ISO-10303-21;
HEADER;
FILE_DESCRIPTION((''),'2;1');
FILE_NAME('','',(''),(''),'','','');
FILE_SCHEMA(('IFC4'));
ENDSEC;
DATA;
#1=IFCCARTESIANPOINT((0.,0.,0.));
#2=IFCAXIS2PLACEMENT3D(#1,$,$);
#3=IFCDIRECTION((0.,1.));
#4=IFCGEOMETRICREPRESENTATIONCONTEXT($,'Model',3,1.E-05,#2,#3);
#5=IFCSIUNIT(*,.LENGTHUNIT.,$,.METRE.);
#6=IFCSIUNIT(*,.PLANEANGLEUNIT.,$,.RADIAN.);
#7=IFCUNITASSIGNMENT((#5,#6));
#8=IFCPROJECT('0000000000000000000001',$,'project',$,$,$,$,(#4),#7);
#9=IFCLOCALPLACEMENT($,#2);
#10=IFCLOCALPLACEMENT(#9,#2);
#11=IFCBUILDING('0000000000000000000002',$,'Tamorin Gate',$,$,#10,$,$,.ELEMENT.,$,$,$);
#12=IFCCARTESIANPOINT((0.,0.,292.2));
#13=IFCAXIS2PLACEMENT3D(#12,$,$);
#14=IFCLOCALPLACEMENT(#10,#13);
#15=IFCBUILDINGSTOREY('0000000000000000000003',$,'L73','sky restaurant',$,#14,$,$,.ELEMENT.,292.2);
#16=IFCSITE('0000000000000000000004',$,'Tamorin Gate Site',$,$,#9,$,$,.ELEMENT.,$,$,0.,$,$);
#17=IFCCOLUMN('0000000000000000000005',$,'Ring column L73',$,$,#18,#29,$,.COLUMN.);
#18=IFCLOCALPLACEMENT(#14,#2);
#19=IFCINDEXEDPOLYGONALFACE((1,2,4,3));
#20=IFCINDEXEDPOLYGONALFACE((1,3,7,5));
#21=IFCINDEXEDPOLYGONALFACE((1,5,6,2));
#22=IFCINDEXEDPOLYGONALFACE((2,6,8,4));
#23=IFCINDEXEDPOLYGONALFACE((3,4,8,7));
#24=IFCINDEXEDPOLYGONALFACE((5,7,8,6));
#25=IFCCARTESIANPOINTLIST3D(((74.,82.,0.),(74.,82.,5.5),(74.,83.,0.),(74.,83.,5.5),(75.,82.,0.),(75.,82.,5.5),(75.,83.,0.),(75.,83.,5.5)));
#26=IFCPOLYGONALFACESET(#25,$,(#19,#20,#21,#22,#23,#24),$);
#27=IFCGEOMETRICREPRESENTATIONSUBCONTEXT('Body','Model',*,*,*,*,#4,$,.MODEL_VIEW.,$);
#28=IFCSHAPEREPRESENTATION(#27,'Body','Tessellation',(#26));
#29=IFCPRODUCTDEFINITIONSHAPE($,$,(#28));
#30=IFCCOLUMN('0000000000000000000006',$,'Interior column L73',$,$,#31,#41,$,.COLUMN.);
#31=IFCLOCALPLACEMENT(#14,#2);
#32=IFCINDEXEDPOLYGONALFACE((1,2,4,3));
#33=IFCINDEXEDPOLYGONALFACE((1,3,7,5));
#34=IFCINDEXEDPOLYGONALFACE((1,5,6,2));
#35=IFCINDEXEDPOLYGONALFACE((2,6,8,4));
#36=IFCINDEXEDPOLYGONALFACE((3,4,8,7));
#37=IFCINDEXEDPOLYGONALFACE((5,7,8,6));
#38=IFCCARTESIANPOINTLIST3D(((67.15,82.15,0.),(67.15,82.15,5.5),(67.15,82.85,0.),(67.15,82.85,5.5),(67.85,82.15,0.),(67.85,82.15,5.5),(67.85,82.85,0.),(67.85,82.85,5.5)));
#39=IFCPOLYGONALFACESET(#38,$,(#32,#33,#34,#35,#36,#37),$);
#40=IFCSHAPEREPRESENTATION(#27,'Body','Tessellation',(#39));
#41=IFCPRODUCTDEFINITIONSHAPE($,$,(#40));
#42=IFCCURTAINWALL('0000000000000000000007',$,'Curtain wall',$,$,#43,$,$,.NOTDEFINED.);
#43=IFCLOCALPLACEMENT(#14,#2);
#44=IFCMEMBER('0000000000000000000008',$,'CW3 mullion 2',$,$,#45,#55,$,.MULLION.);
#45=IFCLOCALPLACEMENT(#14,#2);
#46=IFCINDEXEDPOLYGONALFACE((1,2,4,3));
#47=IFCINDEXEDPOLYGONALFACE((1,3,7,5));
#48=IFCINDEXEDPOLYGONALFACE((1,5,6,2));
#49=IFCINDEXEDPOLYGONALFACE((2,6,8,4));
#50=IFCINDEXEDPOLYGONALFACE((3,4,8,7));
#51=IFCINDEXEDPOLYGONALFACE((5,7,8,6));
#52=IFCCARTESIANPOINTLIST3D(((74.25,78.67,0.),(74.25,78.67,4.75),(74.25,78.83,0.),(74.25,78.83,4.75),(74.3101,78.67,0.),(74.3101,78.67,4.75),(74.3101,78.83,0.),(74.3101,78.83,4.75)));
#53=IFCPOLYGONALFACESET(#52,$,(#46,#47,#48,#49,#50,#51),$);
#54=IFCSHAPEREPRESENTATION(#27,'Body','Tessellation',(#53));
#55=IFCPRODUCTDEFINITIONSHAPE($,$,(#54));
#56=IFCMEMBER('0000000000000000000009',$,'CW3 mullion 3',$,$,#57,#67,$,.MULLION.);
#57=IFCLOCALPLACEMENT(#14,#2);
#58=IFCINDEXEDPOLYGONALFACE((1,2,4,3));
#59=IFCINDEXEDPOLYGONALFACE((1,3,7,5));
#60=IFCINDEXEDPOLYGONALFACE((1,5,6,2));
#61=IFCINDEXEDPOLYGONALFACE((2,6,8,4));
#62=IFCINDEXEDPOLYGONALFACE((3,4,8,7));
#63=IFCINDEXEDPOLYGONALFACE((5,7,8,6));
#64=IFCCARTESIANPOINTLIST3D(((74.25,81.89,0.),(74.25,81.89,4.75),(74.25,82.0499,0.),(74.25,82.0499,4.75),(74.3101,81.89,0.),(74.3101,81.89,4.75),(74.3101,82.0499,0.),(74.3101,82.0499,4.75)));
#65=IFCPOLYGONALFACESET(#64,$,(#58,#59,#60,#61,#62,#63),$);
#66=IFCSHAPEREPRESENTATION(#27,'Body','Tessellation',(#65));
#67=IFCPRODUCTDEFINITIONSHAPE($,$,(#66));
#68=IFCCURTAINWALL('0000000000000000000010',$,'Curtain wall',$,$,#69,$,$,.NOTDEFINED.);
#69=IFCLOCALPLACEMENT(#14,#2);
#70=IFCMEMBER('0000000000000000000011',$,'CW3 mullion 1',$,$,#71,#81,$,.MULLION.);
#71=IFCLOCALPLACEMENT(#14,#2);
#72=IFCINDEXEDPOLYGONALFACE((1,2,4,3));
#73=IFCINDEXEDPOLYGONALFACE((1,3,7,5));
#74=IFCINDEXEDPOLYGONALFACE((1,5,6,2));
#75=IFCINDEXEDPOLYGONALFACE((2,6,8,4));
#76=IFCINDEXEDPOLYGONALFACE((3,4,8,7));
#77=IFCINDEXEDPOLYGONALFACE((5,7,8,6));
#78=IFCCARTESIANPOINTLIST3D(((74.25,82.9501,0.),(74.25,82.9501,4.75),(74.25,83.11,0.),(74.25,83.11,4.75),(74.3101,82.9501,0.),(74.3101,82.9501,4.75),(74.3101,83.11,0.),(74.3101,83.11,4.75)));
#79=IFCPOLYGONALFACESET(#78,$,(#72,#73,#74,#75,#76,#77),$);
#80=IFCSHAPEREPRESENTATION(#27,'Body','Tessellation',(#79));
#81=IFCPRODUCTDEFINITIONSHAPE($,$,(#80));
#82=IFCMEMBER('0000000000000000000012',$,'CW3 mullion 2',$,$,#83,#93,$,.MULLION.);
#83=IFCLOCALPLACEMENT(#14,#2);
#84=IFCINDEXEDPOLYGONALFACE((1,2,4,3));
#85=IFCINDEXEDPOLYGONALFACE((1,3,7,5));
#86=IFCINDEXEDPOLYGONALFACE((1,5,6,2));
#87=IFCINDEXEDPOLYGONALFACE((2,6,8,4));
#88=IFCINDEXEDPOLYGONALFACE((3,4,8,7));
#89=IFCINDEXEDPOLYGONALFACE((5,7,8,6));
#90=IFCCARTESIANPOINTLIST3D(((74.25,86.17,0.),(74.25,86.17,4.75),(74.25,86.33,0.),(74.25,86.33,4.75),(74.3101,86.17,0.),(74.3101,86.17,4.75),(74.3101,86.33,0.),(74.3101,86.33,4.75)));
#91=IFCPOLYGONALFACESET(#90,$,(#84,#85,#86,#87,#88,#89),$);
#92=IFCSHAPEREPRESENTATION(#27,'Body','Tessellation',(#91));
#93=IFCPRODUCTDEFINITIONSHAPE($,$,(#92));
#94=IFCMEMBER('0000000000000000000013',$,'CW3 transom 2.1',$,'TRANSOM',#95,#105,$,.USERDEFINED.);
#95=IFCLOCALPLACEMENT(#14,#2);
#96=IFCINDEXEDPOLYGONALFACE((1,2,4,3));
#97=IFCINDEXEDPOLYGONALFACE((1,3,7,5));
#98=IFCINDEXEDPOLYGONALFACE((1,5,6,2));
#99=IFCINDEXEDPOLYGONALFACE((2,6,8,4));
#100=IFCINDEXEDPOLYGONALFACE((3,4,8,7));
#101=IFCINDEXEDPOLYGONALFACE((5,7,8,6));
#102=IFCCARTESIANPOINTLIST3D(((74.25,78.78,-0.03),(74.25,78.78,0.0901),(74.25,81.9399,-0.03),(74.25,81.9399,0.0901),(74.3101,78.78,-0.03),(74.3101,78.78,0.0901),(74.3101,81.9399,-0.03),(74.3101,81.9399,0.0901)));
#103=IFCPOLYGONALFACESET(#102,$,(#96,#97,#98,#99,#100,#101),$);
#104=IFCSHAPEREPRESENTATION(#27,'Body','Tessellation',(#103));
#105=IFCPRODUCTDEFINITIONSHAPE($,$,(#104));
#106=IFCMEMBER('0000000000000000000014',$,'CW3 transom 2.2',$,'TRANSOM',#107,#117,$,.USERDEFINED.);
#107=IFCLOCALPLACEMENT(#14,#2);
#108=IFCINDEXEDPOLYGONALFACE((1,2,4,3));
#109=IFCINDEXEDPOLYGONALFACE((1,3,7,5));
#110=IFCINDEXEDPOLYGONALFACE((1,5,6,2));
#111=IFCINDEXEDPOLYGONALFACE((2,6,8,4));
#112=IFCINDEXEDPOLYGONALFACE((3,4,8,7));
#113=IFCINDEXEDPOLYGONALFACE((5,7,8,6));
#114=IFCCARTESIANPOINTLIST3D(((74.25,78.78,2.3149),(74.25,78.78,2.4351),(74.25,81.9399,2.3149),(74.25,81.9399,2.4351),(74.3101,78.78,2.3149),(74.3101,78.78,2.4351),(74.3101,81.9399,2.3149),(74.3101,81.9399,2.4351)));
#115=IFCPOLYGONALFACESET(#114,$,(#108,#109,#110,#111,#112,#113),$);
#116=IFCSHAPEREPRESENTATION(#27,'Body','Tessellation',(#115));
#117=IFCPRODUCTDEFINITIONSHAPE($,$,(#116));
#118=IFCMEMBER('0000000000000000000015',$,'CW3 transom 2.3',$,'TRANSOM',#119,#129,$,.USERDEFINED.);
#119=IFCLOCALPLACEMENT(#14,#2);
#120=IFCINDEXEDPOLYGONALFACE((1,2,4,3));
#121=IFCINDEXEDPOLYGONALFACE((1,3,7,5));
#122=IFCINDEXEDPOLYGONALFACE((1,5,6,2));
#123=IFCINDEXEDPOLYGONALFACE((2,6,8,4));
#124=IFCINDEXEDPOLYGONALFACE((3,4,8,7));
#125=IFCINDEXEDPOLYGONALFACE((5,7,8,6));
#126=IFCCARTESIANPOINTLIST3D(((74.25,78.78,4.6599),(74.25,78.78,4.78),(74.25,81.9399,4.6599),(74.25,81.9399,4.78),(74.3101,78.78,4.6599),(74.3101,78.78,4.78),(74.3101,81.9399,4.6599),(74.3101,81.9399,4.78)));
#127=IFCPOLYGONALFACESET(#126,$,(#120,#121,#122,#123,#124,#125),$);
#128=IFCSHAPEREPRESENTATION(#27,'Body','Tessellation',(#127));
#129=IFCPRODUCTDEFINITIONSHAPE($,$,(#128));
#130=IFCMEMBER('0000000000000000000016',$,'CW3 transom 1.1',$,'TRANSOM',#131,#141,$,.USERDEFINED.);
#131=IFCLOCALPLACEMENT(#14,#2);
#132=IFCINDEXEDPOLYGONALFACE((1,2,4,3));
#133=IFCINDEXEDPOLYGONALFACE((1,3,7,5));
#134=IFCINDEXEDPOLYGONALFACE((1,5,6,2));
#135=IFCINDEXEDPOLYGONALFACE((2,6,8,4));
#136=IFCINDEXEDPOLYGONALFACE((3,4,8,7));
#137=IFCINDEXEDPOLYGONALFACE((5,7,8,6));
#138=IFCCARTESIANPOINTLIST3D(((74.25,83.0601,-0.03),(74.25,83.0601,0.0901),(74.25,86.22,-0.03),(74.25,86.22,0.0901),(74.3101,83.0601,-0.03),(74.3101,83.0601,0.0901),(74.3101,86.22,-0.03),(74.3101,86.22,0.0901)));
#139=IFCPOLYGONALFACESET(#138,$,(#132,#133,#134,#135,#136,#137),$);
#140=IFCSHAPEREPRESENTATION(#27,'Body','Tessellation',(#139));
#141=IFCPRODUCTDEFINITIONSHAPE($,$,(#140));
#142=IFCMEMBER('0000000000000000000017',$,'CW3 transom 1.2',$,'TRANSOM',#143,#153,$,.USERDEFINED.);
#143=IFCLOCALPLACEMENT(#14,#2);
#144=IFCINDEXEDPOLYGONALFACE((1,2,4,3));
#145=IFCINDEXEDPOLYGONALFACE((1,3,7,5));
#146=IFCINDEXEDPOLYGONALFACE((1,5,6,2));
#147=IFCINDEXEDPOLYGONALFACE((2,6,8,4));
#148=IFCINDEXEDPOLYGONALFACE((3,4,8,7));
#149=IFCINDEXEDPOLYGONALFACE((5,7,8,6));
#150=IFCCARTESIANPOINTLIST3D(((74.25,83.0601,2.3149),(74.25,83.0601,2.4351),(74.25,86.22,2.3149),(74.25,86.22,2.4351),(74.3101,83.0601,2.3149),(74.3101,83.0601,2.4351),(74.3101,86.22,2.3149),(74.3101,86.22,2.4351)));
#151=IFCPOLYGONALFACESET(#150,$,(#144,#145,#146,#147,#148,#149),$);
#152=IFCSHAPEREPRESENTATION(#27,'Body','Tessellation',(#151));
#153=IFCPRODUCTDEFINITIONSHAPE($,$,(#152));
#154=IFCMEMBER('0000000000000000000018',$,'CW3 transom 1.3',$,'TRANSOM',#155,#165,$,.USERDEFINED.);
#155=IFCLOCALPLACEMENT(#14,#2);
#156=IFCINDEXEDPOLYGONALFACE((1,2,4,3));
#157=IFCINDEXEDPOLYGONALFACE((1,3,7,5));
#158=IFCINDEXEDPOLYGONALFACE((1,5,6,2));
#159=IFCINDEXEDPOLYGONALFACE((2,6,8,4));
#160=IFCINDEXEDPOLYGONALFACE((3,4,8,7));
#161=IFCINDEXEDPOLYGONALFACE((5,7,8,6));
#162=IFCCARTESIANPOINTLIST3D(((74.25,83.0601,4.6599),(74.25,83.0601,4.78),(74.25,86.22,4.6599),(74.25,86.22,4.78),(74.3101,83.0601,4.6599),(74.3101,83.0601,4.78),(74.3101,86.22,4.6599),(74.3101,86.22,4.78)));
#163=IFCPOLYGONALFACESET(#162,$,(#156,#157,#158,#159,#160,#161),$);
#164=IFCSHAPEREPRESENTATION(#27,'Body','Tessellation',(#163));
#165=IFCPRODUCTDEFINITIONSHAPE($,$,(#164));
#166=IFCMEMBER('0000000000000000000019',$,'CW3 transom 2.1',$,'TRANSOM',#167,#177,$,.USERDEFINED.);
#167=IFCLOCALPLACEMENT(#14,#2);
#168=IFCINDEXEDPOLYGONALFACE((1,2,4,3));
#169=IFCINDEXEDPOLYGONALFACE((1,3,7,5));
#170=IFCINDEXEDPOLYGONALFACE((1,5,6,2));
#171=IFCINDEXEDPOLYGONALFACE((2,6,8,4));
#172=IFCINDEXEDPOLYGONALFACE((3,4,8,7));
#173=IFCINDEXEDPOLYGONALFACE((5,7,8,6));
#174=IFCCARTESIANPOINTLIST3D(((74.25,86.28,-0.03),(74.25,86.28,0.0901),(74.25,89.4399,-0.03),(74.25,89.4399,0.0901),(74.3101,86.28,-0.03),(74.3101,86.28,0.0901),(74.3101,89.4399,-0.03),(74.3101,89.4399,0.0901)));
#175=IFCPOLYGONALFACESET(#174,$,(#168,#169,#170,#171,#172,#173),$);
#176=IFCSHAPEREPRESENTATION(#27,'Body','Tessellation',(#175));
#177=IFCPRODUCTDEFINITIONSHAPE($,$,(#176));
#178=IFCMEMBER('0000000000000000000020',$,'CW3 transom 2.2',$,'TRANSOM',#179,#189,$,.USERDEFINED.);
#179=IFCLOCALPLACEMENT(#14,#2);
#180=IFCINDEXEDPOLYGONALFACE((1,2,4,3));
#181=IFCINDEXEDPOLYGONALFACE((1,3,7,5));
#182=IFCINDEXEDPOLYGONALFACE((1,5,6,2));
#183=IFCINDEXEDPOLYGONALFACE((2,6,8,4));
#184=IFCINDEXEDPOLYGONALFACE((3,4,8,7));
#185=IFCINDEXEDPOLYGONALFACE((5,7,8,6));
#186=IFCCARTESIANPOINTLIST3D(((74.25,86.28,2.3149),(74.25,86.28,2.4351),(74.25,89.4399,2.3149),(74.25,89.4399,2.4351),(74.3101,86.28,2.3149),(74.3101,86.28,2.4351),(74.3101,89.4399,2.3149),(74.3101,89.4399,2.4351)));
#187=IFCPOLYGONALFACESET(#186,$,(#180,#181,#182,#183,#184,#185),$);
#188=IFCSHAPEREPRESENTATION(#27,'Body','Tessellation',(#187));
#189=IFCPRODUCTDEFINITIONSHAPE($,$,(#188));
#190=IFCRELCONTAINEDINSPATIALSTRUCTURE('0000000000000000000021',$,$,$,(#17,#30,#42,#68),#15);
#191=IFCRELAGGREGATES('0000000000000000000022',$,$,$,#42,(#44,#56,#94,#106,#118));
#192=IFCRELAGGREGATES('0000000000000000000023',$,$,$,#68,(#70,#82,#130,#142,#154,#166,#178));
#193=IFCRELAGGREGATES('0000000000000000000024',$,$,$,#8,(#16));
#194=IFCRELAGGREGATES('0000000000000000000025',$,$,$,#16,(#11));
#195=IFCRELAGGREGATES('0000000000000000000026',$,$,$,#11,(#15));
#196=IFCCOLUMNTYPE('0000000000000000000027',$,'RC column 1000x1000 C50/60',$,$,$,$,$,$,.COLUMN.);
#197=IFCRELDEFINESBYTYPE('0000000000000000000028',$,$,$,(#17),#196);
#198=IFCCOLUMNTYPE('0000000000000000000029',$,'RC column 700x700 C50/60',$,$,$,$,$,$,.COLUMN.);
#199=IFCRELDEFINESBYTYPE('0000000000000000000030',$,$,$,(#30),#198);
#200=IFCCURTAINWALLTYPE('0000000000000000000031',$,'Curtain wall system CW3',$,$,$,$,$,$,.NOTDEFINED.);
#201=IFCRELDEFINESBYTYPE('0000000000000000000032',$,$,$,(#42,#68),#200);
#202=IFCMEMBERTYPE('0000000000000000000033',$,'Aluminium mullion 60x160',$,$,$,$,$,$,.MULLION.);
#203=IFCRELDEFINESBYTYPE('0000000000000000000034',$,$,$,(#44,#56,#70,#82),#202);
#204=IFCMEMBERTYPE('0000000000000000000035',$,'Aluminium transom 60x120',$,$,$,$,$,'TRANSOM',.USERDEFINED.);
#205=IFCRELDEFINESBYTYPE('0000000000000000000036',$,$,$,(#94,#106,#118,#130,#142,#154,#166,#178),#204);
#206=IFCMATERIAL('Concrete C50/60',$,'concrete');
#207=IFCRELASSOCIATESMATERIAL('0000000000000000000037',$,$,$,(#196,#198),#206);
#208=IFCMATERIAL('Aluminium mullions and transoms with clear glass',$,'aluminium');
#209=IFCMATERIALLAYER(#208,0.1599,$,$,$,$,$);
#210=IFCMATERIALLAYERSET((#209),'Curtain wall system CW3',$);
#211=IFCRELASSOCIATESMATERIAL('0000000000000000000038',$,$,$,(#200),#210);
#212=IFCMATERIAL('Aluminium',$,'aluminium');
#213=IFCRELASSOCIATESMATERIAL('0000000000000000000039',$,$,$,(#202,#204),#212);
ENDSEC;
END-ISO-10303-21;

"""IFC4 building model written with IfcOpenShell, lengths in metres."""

from ifc_helpers import new_model, si_unit, direction, frame, origin, origin_2d, place, context, subcontext, project, spatial, rectangle, extrude, material, layer, layer_set, material_profile, profile_set, type_object, element, aggregate, save


model = new_model("IFC4")

# Units and contexts
model_context = context("Model", 3, precision=1e-05, world=origin(), true_north=direction((0.0, 1.0)))
body_context = subcontext(model_context, "Body", "Model", "MODEL_VIEW")
ifc_project = project(units=[si_unit("LENGTHUNIT", "METRE"), si_unit("PLANEANGLEUNIT", "RADIAN")], contexts=[model_context])

# Site, building, storey
site_placement = place(None, origin())
site = spatial("IfcSite", under=ifc_project, at=site_placement, Name="Tamorin Gate Site", CompositionType="ELEMENT", RefElevation=0.0)
building_placement = place(site_placement, origin())
building = spatial("IfcBuilding", under=site, at=building_placement, Name="Tamorin Gate", CompositionType="ELEMENT")
storey_placement = place(building_placement, frame((0.0, 0.0, 292.2)))
storey = spatial("IfcBuildingStorey", under=building, at=storey_placement, Name="L73", Description="sky restaurant", CompositionType="ELEMENT", Elevation=292.2)

# Columns
ifc_material_1 = material(Name="Concrete C50/60", Category="concrete")
ifc_material_profile_1 = material_profile(ifc_material_1, rectangle(XDim=1.0, YDim=1.0, at=origin_2d()), Name="RC 1000x1000")
ifc_profile_set_1 = profile_set([ifc_material_profile_1], Name="Concrete C50/60")
column_type_1 = type_object("IfcColumnType", Name="RC column 1000x1000 C50/60", PredefinedType="COLUMN", material=ifc_profile_set_1)
column_1_placement = place(storey_placement, frame((74.5, 82.5, 0.0), z_axis=(0.0, 0.0, 1.0), x_axis=(1.0, 0.0, 0.0)))
element("IfcColumn", 1, at=column_1_placement, inside=storey, type_object=column_type_1, Name="Ring column L73", PredefinedType="COLUMN", context=body_context, shape_type="SweptSolid", body=[
    extrude(rectangle(XDim=1.0, YDim=1.0, at=origin_2d()), origin(), (0.0, 0.0, 1.0), 5.5),
])
ifc_material_profile_2 = material_profile(ifc_material_1, rectangle(XDim=0.7, YDim=0.7, at=origin_2d()), Name="RC 700x700")
ifc_profile_set_2 = profile_set([ifc_material_profile_2], Name="Concrete C50/60")
column_type_2 = type_object("IfcColumnType", Name="RC column 700x700 C50/60", PredefinedType="COLUMN", material=ifc_profile_set_2)
column_2_placement = place(storey_placement, frame((67.5, 82.5, 0.0), z_axis=(0.0, 0.0, 1.0), x_axis=(1.0, 0.0, 0.0)))
element("IfcColumn", 2, at=column_2_placement, inside=storey, type_object=column_type_2, Name="Interior column L73", PredefinedType="COLUMN", context=body_context, shape_type="SweptSolid", body=[
    extrude(rectangle(XDim=0.7, YDim=0.7, at=origin_2d()), origin(), (0.0, 0.0, 1.0), 5.5),
])

# Curtain walls, members
ifc_material_2 = material(Name="Aluminium mullions and transoms with clear glass", Category="aluminium")
ifc_layer_1 = layer(ifc_material_2, 0.1599)
ifc_layer_set_1 = layer_set([ifc_layer_1], Name="Curtain wall system CW3")
curtain_wall_type = type_object("IfcCurtainWallType", Name="Curtain wall system CW3", PredefinedType="NOTDEFINED", material=ifc_layer_set_1)
curtain_wall_1_placement = place(storey_placement, origin())
curtain_wall_1 = element("IfcCurtainWall", 3, at=curtain_wall_1_placement, inside=storey, type_object=curtain_wall_type, Name="Curtain wall", PredefinedType="NOTDEFINED")
ifc_material_3 = material(Name="Aluminium", Category="aluminium")
ifc_material_profile_3 = material_profile(ifc_material_3, rectangle(XDim=0.0601, YDim=0.1599, at=origin_2d()), Name="RECT 60x160")
ifc_profile_set_3 = profile_set([ifc_material_profile_3], Name="Aluminium")
member_type_1 = type_object("IfcMemberType", Name="Aluminium mullion 60x160", PredefinedType="MULLION", material=ifc_profile_set_3)
member_1_placement = place(storey_placement, frame((74.28, 78.75, 0.0), z_axis=(0.0, 0.0, 1.0), x_axis=(-1.0, 0.0, 0.0)))
member_1 = element("IfcMember", 4, at=member_1_placement, type_object=member_type_1, Name="CW3 mullion 2", PredefinedType="MULLION", context=body_context, shape_type="SweptSolid", body=[
    extrude(rectangle(XDim=0.0601, YDim=0.1599, at=origin_2d()), origin(), (0.0, 0.0, 1.0), 4.75),
])
member_2_placement = place(storey_placement, frame((74.28, 81.97, 0.0), z_axis=(0.0, 0.0, 1.0), x_axis=(-1.0, 0.0, 0.0)))
member_2 = element("IfcMember", 5, at=member_2_placement, type_object=member_type_1, Name="CW3 mullion 3", PredefinedType="MULLION", context=body_context, shape_type="SweptSolid", body=[
    extrude(rectangle(XDim=0.0601, YDim=0.1599, at=origin_2d()), origin(), (0.0, 0.0, 1.0), 4.75),
])
curtain_wall_2_placement = place(storey_placement, origin())
curtain_wall_2 = element("IfcCurtainWall", 6, at=curtain_wall_2_placement, inside=storey, type_object=curtain_wall_type, Name="Curtain wall", PredefinedType="NOTDEFINED")
member_3_placement = place(storey_placement, frame((74.28, 83.03, 0.0), z_axis=(0.0, 0.0, 1.0), x_axis=(-1.0, 0.0, 0.0)))
member_3 = element("IfcMember", 7, at=member_3_placement, type_object=member_type_1, Name="CW3 mullion 1", PredefinedType="MULLION", context=body_context, shape_type="SweptSolid", body=[
    extrude(rectangle(XDim=0.0601, YDim=0.1599, at=origin_2d()), origin(), (0.0, 0.0, 1.0), 4.75),
])
member_4_placement = place(storey_placement, frame((74.28, 86.25, 0.0), z_axis=(0.0, 0.0, 1.0), x_axis=(-1.0, 0.0, 0.0)))
member_4 = element("IfcMember", 8, at=member_4_placement, type_object=member_type_1, Name="CW3 mullion 2", PredefinedType="MULLION", context=body_context, shape_type="SweptSolid", body=[
    extrude(rectangle(XDim=0.0601, YDim=0.1599, at=origin_2d()), origin(), (0.0, 0.0, 1.0), 4.75),
])

# Members
ifc_material_profile_4 = material_profile(ifc_material_3, rectangle(XDim=0.0601, YDim=0.1201, at=origin_2d()), Name="RECT 60x120")
ifc_profile_set_4 = profile_set([ifc_material_profile_4], Name="Aluminium")
member_type_2 = type_object("IfcMemberType", Name="Aluminium transom 60x120", ElementType="TRANSOM", PredefinedType="USERDEFINED", material=ifc_profile_set_4)
member_5_placement = place(storey_placement, frame((74.28, 78.78, 0.03), z_axis=(0.0, 1.0, 0.0), x_axis=(-1.0, 0.0, 0.0)))
member_5 = element("IfcMember", 9, at=member_5_placement, type_object=member_type_2, Name="CW3 transom 2.1", ObjectType="TRANSOM", PredefinedType="USERDEFINED", context=body_context, shape_type="SweptSolid", body=[
    extrude(rectangle(XDim=0.0601, YDim=0.1201, at=origin_2d()), origin(), (0.0, 0.0, 1.0), 3.1599),
])
member_6_placement = place(storey_placement, frame((74.28, 78.78, 2.375), z_axis=(0.0, 1.0, 0.0), x_axis=(-1.0, 0.0, 0.0)))
member_6 = element("IfcMember", 10, at=member_6_placement, type_object=member_type_2, Name="CW3 transom 2.2", ObjectType="TRANSOM", PredefinedType="USERDEFINED", context=body_context, shape_type="SweptSolid", body=[
    extrude(rectangle(XDim=0.0601, YDim=0.1201, at=origin_2d()), origin(), (0.0, 0.0, 1.0), 3.1599),
])
member_7_placement = place(storey_placement, frame((74.28, 78.78, 4.72), z_axis=(0.0, 1.0, 0.0), x_axis=(-1.0, 0.0, 0.0)))
member_7 = element("IfcMember", 11, at=member_7_placement, type_object=member_type_2, Name="CW3 transom 2.3", ObjectType="TRANSOM", PredefinedType="USERDEFINED", context=body_context, shape_type="SweptSolid", body=[
    extrude(rectangle(XDim=0.0601, YDim=0.1201, at=origin_2d()), origin(), (0.0, 0.0, 1.0), 3.1599),
])
member_8_placement = place(storey_placement, frame((74.28, 83.0601, 0.03), z_axis=(0.0, 1.0, 0.0), x_axis=(-1.0, 0.0, 0.0)))
member_8 = element("IfcMember", 12, at=member_8_placement, type_object=member_type_2, Name="CW3 transom 1.1", ObjectType="TRANSOM", PredefinedType="USERDEFINED", context=body_context, shape_type="SweptSolid", body=[
    extrude(rectangle(XDim=0.0601, YDim=0.1201, at=origin_2d()), origin(), (0.0, 0.0, 1.0), 3.1599),
])
member_9_placement = place(storey_placement, frame((74.28, 83.0601, 2.375), z_axis=(0.0, 1.0, 0.0), x_axis=(-1.0, 0.0, 0.0)))
member_9 = element("IfcMember", 13, at=member_9_placement, type_object=member_type_2, Name="CW3 transom 1.2", ObjectType="TRANSOM", PredefinedType="USERDEFINED", context=body_context, shape_type="SweptSolid", body=[
    extrude(rectangle(XDim=0.0601, YDim=0.1201, at=origin_2d()), origin(), (0.0, 0.0, 1.0), 3.1599),
])
member_10_placement = place(storey_placement, frame((74.28, 83.0601, 4.72), z_axis=(0.0, 1.0, 0.0), x_axis=(-1.0, 0.0, 0.0)))
member_10 = element("IfcMember", 14, at=member_10_placement, type_object=member_type_2, Name="CW3 transom 1.3", ObjectType="TRANSOM", PredefinedType="USERDEFINED", context=body_context, shape_type="SweptSolid", body=[
    extrude(rectangle(XDim=0.0601, YDim=0.1201, at=origin_2d()), origin(), (0.0, 0.0, 1.0), 3.1599),
])
member_11_placement = place(storey_placement, frame((74.28, 86.28, 0.03), z_axis=(0.0, 1.0, 0.0), x_axis=(-1.0, 0.0, 0.0)))
member_11 = element("IfcMember", 15, at=member_11_placement, type_object=member_type_2, Name="CW3 transom 2.1", ObjectType="TRANSOM", PredefinedType="USERDEFINED", context=body_context, shape_type="SweptSolid", body=[
    extrude(rectangle(XDim=0.0601, YDim=0.1201, at=origin_2d()), origin(), (0.0, 0.0, 1.0), 3.1599),
])
member_12_placement = place(storey_placement, frame((74.28, 86.28, 2.375), z_axis=(0.0, 1.0, 0.0), x_axis=(-1.0, 0.0, 0.0)))
member_12 = element("IfcMember", 16, at=member_12_placement, type_object=member_type_2, Name="CW3 transom 2.2", ObjectType="TRANSOM", PredefinedType="USERDEFINED", context=body_context, shape_type="SweptSolid", body=[
    extrude(rectangle(XDim=0.0601, YDim=0.1201, at=origin_2d()), origin(), (0.0, 0.0, 1.0), 3.1599),
])

aggregate(curtain_wall_1, [member_1, member_2, member_5, member_6, member_7])
aggregate(curtain_wall_2, [member_3, member_4, member_8, member_9, member_10, member_11, member_12])

save(model, "model.ifc")
